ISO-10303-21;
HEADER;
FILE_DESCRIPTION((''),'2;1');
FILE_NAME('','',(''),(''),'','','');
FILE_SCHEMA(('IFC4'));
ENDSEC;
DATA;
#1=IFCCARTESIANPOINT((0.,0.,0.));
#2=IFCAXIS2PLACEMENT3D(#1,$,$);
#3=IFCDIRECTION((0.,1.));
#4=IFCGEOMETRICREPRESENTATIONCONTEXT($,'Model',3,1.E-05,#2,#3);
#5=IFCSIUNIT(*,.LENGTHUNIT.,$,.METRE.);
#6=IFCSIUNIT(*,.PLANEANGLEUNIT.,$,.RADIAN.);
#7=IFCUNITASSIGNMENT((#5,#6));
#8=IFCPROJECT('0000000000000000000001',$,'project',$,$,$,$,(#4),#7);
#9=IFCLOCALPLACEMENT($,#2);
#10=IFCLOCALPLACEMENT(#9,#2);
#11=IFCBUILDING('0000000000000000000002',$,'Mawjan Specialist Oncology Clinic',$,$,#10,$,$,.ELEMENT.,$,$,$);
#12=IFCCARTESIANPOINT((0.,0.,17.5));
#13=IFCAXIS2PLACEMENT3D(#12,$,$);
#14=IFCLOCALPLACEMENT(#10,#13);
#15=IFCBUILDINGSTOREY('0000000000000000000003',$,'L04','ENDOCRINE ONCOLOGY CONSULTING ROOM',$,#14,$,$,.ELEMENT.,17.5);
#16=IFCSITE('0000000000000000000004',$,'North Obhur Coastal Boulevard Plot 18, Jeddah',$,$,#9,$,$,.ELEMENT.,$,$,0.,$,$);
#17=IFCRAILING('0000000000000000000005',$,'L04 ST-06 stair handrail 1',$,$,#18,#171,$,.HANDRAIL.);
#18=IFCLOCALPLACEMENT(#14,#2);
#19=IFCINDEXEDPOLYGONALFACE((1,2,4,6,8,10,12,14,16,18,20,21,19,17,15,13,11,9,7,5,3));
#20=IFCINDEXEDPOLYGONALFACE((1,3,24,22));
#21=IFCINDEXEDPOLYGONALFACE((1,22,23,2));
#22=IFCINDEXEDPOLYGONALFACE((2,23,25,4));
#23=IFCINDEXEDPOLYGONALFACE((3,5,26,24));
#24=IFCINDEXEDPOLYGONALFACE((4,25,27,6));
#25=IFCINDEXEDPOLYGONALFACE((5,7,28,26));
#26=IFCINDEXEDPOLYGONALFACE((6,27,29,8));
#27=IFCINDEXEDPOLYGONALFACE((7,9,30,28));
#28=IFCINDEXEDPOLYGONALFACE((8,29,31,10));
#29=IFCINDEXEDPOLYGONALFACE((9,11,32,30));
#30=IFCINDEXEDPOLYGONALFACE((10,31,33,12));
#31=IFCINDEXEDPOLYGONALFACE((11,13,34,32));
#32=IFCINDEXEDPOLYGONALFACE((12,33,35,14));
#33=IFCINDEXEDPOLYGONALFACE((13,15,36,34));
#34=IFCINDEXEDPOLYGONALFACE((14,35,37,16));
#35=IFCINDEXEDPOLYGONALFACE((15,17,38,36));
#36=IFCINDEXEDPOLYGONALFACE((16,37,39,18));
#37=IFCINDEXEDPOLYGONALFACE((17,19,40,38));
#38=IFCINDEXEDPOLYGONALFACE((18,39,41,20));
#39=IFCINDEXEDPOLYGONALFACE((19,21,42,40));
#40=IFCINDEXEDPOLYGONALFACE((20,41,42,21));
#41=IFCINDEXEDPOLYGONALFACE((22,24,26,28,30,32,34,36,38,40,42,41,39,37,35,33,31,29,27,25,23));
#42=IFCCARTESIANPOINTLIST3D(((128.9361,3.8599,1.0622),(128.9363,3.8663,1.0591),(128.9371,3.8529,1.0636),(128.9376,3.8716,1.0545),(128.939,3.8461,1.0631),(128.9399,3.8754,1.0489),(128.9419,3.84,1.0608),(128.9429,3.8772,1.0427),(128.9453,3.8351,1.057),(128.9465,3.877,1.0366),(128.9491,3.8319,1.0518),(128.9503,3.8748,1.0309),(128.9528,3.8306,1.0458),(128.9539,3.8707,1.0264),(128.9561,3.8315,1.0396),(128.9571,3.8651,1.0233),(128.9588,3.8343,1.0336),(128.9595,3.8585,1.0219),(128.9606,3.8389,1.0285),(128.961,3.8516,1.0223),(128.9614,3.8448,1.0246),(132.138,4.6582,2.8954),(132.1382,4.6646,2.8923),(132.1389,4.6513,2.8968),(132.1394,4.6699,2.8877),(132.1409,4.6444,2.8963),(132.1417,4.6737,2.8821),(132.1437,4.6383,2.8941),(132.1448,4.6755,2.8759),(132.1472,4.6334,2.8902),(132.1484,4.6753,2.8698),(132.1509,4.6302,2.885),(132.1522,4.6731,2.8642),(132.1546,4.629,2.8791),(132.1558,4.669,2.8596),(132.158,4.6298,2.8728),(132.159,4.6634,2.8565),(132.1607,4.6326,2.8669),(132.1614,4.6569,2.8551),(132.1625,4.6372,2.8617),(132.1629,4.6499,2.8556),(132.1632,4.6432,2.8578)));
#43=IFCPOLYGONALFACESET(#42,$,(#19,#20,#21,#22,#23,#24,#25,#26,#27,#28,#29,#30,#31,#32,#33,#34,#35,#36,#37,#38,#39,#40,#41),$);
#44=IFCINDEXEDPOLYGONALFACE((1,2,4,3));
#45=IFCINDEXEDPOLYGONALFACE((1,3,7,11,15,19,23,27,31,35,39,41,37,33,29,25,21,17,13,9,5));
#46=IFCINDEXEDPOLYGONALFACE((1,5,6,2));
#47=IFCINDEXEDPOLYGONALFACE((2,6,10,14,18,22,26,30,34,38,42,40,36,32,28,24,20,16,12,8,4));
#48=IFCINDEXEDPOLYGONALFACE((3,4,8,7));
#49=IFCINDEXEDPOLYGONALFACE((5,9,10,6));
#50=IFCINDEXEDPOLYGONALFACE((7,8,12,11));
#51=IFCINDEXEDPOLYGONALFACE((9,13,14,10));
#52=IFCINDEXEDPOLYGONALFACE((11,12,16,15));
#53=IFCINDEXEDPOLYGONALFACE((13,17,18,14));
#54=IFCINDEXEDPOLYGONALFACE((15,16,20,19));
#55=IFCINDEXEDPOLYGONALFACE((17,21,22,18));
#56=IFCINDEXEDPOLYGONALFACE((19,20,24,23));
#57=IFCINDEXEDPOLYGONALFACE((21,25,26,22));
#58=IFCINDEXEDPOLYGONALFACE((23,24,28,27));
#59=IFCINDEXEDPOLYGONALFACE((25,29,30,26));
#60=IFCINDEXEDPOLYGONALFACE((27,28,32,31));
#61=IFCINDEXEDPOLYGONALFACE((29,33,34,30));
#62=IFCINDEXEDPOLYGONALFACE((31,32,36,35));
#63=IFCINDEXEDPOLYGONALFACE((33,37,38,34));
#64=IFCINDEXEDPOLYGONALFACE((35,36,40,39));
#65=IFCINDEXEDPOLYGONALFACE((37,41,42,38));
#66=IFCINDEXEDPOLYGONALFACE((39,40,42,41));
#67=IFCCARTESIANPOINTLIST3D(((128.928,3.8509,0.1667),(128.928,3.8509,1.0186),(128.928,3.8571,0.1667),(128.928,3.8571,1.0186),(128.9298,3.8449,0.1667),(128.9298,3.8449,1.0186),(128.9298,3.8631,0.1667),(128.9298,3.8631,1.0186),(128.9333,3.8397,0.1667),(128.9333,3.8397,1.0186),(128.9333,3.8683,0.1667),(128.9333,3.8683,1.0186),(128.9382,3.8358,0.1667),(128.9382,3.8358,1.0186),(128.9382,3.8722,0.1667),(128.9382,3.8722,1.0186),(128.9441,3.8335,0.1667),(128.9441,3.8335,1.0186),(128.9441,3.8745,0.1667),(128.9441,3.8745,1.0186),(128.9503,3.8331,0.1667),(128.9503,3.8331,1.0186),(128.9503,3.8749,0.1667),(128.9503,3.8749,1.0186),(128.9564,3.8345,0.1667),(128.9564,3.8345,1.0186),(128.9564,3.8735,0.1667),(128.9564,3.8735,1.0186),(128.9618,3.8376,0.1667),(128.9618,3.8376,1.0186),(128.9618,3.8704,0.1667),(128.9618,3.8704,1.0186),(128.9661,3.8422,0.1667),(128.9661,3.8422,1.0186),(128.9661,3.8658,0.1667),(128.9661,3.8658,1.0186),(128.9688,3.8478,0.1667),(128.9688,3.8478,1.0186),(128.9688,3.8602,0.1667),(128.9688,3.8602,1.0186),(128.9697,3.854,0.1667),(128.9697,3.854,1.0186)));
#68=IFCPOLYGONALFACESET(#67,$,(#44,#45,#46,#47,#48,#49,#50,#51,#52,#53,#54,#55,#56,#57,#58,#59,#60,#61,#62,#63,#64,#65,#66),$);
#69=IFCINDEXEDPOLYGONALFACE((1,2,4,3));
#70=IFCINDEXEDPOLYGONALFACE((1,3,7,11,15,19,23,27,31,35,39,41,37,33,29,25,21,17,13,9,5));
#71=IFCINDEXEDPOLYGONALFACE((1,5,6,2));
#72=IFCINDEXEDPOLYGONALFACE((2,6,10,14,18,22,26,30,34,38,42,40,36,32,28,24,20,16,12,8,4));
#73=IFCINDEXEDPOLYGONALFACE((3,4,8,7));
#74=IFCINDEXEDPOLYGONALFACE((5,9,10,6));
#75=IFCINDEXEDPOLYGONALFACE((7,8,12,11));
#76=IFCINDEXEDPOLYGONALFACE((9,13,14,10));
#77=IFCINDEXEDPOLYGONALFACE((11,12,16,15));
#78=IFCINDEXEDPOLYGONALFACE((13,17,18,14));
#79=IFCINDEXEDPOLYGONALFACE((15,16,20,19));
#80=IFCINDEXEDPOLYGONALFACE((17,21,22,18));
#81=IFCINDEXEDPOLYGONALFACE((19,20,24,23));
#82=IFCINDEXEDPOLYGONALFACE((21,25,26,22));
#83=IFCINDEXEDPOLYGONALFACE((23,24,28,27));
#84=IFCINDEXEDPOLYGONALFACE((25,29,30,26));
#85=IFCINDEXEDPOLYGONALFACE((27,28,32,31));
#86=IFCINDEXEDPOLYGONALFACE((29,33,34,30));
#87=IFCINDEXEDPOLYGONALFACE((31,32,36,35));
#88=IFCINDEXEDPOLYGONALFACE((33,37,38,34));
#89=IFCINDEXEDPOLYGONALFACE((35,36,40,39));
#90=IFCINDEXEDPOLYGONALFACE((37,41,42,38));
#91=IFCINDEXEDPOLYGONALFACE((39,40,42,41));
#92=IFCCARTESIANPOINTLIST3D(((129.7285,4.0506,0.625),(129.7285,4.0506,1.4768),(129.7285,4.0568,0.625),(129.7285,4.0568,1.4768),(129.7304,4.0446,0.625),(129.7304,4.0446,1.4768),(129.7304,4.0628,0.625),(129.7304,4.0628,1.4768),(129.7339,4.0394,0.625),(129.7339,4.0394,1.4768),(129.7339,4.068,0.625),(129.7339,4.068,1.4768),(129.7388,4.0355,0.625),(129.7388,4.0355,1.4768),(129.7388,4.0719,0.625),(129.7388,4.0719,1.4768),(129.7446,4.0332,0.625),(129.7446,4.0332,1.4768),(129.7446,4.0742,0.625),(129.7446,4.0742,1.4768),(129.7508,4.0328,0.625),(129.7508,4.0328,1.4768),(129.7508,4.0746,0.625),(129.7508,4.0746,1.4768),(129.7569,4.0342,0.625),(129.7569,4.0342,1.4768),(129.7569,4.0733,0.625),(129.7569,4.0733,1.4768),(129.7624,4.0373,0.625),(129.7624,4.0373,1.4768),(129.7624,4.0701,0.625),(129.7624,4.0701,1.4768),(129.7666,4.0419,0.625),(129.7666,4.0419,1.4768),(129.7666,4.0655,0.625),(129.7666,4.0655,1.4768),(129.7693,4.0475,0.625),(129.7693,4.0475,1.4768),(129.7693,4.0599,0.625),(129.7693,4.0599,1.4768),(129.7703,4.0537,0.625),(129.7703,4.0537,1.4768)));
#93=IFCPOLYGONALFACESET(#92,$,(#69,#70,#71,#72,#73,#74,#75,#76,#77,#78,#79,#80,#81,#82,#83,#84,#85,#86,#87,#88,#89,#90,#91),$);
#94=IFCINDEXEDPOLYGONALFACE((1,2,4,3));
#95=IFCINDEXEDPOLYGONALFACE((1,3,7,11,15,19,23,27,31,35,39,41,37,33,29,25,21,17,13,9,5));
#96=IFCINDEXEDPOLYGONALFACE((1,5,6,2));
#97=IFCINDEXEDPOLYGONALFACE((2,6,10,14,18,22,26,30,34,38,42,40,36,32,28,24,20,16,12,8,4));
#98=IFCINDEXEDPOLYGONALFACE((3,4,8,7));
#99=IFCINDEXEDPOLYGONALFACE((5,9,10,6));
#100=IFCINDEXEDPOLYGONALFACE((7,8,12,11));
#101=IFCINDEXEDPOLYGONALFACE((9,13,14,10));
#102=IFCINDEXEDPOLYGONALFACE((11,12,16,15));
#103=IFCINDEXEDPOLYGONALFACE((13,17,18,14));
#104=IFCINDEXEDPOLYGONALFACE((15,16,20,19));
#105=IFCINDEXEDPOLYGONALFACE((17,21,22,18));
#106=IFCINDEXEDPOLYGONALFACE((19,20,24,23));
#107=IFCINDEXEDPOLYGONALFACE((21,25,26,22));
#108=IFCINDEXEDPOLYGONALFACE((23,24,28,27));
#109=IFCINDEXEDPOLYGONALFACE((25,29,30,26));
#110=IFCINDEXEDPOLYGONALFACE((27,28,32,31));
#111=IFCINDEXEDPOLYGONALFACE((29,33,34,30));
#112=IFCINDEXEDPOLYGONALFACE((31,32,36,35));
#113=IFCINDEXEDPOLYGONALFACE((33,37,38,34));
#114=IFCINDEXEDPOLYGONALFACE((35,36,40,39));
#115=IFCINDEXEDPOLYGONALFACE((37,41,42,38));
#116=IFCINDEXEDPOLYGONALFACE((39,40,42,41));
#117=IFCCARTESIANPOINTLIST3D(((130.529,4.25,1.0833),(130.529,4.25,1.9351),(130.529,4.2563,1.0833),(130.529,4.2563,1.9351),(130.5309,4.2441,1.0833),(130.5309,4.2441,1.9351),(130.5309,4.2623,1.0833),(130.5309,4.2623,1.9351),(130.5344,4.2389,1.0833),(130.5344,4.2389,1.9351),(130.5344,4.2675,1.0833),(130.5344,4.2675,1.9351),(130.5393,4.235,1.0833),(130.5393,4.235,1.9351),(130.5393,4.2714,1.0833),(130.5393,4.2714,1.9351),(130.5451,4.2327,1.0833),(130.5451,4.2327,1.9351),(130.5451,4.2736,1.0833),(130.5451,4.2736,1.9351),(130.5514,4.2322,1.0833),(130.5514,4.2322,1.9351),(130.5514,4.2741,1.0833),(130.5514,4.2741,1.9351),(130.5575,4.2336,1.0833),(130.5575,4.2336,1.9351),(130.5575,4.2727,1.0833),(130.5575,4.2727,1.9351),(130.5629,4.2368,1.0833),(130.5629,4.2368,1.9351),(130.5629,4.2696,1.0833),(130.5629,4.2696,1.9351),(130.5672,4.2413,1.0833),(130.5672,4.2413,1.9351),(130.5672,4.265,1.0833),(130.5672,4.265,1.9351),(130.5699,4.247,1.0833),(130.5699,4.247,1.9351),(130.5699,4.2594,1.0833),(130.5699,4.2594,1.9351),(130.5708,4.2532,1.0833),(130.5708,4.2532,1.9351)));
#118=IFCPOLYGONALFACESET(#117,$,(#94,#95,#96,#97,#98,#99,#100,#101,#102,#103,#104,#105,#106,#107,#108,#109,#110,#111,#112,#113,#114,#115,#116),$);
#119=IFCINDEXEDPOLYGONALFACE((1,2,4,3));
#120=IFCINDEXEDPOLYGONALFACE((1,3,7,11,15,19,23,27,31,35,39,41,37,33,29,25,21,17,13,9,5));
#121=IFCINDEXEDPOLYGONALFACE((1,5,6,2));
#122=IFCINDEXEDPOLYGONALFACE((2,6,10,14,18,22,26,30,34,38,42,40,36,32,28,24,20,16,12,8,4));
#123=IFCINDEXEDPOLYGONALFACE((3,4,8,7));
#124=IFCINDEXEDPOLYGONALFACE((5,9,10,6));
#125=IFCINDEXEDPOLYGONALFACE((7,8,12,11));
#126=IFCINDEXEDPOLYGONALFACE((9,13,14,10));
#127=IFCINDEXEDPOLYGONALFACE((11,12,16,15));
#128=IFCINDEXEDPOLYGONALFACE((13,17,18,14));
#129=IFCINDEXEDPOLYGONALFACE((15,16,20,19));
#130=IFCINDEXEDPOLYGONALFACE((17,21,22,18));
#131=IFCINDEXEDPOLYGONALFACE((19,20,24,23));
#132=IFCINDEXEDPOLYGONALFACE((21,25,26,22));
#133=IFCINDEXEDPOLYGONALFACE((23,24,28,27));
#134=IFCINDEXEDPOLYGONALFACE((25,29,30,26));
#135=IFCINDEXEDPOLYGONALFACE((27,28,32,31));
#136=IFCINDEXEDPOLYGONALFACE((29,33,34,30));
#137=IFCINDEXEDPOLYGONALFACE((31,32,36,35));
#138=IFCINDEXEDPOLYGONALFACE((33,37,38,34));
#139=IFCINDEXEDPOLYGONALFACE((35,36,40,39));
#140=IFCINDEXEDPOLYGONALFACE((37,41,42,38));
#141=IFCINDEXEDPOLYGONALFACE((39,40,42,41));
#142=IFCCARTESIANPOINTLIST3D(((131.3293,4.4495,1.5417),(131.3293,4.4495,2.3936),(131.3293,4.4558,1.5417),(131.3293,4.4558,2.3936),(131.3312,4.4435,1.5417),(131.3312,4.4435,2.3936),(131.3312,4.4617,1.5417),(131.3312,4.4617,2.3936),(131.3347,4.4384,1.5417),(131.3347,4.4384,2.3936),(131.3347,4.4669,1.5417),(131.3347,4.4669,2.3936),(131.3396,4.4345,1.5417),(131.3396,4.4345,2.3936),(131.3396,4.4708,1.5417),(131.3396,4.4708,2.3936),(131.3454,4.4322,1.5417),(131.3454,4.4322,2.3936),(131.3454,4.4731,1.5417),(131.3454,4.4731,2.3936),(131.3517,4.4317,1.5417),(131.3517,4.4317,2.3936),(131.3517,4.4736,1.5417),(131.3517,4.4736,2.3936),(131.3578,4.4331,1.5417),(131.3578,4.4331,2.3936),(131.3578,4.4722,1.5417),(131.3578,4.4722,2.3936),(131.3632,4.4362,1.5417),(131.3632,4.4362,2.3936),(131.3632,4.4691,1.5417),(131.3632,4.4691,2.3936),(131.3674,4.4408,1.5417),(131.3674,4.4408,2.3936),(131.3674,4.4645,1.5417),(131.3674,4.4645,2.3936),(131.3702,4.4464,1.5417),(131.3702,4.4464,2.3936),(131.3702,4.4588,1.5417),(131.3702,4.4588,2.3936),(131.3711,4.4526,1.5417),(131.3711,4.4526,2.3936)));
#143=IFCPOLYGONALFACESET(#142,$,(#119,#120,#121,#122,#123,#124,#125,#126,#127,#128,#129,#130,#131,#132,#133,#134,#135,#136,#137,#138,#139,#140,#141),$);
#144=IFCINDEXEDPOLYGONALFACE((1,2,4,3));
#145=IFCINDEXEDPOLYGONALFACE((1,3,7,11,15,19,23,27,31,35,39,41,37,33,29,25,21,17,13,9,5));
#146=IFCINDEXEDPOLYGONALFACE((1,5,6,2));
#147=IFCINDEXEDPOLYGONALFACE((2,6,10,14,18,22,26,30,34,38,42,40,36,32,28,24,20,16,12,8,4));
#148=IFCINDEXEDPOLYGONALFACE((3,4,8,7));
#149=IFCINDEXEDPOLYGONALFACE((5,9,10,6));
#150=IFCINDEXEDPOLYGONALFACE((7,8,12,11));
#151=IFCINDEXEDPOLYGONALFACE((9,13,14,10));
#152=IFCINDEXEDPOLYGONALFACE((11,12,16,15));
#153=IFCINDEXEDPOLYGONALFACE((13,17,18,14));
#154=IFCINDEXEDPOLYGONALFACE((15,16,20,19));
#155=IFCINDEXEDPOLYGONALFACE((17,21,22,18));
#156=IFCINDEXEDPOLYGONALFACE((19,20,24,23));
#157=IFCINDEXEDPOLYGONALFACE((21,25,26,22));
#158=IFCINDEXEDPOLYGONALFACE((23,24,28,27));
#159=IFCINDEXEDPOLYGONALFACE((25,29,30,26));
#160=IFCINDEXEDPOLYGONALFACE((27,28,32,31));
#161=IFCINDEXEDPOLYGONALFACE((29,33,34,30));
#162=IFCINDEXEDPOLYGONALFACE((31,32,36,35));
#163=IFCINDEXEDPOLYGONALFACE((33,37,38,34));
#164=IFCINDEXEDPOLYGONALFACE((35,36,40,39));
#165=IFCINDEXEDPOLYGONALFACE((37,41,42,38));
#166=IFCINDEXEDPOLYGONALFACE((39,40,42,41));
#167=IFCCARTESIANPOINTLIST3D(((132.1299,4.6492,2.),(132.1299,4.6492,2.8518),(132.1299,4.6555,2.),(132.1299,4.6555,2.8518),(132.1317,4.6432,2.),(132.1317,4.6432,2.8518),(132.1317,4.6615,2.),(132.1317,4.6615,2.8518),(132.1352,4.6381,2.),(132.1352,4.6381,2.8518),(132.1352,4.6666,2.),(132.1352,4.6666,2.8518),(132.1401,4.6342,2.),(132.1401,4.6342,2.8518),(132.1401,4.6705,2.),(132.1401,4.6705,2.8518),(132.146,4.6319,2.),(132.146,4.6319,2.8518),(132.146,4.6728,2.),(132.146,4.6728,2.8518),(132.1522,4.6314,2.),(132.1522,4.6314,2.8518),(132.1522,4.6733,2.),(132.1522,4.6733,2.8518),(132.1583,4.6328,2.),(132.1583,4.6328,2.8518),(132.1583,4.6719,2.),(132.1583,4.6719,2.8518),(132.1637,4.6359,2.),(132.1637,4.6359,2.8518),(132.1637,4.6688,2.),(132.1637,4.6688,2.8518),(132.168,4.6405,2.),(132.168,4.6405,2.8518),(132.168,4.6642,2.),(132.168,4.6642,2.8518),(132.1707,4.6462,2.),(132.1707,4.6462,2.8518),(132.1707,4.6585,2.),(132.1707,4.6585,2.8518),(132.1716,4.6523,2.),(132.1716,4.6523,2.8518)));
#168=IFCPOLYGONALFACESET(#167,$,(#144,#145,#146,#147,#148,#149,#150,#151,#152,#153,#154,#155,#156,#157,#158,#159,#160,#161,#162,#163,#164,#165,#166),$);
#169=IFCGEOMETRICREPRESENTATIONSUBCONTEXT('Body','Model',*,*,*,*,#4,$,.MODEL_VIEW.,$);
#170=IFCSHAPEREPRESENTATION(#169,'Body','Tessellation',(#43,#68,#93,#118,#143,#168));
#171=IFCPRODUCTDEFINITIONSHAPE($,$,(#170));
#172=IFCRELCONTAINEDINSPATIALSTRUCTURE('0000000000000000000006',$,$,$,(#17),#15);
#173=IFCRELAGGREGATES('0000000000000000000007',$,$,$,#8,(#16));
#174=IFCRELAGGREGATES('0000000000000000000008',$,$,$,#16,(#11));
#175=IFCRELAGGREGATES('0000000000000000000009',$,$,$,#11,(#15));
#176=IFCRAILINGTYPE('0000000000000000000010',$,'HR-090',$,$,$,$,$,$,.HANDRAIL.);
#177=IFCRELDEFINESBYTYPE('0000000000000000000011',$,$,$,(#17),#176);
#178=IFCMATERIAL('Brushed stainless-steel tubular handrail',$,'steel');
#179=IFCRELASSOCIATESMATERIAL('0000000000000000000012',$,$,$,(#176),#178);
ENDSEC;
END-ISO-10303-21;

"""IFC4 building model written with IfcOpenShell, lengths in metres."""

from ifc_helpers import new_model, si_unit, direction, frame, origin, origin_2d, place, context, subcontext, project, spatial, circle, extrude, material, type_object, element, save


model = new_model("IFC4")

# Units and contexts
model_context = context("Model", 3, precision=1e-05, world=origin(), true_north=direction((0.0, 1.0)))
body_context = subcontext(model_context, "Body", "Model", "MODEL_VIEW")
ifc_project = project(units=[si_unit("LENGTHUNIT", "METRE"), si_unit("PLANEANGLEUNIT", "RADIAN")], contexts=[model_context])

# Site, building, storey
site_placement = place(None, origin())
site = spatial("IfcSite", under=ifc_project, at=site_placement, Name="North Obhur Coastal Boulevard Plot 18, Jeddah", CompositionType="ELEMENT", RefElevation=0.0)
building_placement = place(site_placement, origin())
building = spatial("IfcBuilding", under=site, at=building_placement, Name="Mawjan Specialist Oncology Clinic", CompositionType="ELEMENT")
storey_placement = place(building_placement, frame((0.0, 0.0, 17.5)))
storey = spatial("IfcBuildingStorey", under=building, at=storey_placement, Name="L04", Description="ENDOCRINE ONCOLOGY CONSULTING ROOM", CompositionType="ELEMENT", Elevation=17.5)

# Railing
ifc_material_1 = material(Name="Brushed stainless-steel tubular handrail", Category="steel")
railing_type_1 = type_object("IfcRailingType", Name="HR-090", PredefinedType="HANDRAIL", material=ifc_material_1)
railing_1_placement = place(storey_placement, frame((128.9487, 3.854, 0.1667)))
element("IfcRailing", 1, at=railing_1_placement, inside=storey, type_object=railing_type_1, Name="L04 ST-06 stair handrail 1", PredefinedType="HANDRAIL", context=body_context, shape_type="SweptSolid", body=[
    extrude(circle(Radius=0.0239, at=origin_2d()), frame((0.0, 0.0, 0.876), z_axis=(0.848195, 0.211483, 0.485634), x_axis=(-0.241926, 0.970295, 0.0)), (0.0, 0.0, 1.0), 3.7749),
    extrude(circle(Radius=0.021, at=origin_2d()), origin(), (0.0, 0.0, 1.0), 0.8518),
    extrude(circle(Radius=0.021, at=origin_2d()), frame((0.8005, 0.1997, 0.4583)), (0.0, 0.0, 1.0), 0.8518),
    extrude(circle(Radius=0.021, at=origin_2d()), frame((1.6011, 0.3992, 0.9165)), (0.0, 0.0, 1.0), 0.8518),
    extrude(circle(Radius=0.021, at=origin_2d()), frame((2.4014, 0.5986, 1.375)), (0.0, 0.0, 1.0), 0.8518),
    extrude(circle(Radius=0.021, at=origin_2d()), frame((3.2019, 0.7983, 1.8333)), (0.0, 0.0, 1.0), 0.8518),
])

save(model, "model.ifc")
